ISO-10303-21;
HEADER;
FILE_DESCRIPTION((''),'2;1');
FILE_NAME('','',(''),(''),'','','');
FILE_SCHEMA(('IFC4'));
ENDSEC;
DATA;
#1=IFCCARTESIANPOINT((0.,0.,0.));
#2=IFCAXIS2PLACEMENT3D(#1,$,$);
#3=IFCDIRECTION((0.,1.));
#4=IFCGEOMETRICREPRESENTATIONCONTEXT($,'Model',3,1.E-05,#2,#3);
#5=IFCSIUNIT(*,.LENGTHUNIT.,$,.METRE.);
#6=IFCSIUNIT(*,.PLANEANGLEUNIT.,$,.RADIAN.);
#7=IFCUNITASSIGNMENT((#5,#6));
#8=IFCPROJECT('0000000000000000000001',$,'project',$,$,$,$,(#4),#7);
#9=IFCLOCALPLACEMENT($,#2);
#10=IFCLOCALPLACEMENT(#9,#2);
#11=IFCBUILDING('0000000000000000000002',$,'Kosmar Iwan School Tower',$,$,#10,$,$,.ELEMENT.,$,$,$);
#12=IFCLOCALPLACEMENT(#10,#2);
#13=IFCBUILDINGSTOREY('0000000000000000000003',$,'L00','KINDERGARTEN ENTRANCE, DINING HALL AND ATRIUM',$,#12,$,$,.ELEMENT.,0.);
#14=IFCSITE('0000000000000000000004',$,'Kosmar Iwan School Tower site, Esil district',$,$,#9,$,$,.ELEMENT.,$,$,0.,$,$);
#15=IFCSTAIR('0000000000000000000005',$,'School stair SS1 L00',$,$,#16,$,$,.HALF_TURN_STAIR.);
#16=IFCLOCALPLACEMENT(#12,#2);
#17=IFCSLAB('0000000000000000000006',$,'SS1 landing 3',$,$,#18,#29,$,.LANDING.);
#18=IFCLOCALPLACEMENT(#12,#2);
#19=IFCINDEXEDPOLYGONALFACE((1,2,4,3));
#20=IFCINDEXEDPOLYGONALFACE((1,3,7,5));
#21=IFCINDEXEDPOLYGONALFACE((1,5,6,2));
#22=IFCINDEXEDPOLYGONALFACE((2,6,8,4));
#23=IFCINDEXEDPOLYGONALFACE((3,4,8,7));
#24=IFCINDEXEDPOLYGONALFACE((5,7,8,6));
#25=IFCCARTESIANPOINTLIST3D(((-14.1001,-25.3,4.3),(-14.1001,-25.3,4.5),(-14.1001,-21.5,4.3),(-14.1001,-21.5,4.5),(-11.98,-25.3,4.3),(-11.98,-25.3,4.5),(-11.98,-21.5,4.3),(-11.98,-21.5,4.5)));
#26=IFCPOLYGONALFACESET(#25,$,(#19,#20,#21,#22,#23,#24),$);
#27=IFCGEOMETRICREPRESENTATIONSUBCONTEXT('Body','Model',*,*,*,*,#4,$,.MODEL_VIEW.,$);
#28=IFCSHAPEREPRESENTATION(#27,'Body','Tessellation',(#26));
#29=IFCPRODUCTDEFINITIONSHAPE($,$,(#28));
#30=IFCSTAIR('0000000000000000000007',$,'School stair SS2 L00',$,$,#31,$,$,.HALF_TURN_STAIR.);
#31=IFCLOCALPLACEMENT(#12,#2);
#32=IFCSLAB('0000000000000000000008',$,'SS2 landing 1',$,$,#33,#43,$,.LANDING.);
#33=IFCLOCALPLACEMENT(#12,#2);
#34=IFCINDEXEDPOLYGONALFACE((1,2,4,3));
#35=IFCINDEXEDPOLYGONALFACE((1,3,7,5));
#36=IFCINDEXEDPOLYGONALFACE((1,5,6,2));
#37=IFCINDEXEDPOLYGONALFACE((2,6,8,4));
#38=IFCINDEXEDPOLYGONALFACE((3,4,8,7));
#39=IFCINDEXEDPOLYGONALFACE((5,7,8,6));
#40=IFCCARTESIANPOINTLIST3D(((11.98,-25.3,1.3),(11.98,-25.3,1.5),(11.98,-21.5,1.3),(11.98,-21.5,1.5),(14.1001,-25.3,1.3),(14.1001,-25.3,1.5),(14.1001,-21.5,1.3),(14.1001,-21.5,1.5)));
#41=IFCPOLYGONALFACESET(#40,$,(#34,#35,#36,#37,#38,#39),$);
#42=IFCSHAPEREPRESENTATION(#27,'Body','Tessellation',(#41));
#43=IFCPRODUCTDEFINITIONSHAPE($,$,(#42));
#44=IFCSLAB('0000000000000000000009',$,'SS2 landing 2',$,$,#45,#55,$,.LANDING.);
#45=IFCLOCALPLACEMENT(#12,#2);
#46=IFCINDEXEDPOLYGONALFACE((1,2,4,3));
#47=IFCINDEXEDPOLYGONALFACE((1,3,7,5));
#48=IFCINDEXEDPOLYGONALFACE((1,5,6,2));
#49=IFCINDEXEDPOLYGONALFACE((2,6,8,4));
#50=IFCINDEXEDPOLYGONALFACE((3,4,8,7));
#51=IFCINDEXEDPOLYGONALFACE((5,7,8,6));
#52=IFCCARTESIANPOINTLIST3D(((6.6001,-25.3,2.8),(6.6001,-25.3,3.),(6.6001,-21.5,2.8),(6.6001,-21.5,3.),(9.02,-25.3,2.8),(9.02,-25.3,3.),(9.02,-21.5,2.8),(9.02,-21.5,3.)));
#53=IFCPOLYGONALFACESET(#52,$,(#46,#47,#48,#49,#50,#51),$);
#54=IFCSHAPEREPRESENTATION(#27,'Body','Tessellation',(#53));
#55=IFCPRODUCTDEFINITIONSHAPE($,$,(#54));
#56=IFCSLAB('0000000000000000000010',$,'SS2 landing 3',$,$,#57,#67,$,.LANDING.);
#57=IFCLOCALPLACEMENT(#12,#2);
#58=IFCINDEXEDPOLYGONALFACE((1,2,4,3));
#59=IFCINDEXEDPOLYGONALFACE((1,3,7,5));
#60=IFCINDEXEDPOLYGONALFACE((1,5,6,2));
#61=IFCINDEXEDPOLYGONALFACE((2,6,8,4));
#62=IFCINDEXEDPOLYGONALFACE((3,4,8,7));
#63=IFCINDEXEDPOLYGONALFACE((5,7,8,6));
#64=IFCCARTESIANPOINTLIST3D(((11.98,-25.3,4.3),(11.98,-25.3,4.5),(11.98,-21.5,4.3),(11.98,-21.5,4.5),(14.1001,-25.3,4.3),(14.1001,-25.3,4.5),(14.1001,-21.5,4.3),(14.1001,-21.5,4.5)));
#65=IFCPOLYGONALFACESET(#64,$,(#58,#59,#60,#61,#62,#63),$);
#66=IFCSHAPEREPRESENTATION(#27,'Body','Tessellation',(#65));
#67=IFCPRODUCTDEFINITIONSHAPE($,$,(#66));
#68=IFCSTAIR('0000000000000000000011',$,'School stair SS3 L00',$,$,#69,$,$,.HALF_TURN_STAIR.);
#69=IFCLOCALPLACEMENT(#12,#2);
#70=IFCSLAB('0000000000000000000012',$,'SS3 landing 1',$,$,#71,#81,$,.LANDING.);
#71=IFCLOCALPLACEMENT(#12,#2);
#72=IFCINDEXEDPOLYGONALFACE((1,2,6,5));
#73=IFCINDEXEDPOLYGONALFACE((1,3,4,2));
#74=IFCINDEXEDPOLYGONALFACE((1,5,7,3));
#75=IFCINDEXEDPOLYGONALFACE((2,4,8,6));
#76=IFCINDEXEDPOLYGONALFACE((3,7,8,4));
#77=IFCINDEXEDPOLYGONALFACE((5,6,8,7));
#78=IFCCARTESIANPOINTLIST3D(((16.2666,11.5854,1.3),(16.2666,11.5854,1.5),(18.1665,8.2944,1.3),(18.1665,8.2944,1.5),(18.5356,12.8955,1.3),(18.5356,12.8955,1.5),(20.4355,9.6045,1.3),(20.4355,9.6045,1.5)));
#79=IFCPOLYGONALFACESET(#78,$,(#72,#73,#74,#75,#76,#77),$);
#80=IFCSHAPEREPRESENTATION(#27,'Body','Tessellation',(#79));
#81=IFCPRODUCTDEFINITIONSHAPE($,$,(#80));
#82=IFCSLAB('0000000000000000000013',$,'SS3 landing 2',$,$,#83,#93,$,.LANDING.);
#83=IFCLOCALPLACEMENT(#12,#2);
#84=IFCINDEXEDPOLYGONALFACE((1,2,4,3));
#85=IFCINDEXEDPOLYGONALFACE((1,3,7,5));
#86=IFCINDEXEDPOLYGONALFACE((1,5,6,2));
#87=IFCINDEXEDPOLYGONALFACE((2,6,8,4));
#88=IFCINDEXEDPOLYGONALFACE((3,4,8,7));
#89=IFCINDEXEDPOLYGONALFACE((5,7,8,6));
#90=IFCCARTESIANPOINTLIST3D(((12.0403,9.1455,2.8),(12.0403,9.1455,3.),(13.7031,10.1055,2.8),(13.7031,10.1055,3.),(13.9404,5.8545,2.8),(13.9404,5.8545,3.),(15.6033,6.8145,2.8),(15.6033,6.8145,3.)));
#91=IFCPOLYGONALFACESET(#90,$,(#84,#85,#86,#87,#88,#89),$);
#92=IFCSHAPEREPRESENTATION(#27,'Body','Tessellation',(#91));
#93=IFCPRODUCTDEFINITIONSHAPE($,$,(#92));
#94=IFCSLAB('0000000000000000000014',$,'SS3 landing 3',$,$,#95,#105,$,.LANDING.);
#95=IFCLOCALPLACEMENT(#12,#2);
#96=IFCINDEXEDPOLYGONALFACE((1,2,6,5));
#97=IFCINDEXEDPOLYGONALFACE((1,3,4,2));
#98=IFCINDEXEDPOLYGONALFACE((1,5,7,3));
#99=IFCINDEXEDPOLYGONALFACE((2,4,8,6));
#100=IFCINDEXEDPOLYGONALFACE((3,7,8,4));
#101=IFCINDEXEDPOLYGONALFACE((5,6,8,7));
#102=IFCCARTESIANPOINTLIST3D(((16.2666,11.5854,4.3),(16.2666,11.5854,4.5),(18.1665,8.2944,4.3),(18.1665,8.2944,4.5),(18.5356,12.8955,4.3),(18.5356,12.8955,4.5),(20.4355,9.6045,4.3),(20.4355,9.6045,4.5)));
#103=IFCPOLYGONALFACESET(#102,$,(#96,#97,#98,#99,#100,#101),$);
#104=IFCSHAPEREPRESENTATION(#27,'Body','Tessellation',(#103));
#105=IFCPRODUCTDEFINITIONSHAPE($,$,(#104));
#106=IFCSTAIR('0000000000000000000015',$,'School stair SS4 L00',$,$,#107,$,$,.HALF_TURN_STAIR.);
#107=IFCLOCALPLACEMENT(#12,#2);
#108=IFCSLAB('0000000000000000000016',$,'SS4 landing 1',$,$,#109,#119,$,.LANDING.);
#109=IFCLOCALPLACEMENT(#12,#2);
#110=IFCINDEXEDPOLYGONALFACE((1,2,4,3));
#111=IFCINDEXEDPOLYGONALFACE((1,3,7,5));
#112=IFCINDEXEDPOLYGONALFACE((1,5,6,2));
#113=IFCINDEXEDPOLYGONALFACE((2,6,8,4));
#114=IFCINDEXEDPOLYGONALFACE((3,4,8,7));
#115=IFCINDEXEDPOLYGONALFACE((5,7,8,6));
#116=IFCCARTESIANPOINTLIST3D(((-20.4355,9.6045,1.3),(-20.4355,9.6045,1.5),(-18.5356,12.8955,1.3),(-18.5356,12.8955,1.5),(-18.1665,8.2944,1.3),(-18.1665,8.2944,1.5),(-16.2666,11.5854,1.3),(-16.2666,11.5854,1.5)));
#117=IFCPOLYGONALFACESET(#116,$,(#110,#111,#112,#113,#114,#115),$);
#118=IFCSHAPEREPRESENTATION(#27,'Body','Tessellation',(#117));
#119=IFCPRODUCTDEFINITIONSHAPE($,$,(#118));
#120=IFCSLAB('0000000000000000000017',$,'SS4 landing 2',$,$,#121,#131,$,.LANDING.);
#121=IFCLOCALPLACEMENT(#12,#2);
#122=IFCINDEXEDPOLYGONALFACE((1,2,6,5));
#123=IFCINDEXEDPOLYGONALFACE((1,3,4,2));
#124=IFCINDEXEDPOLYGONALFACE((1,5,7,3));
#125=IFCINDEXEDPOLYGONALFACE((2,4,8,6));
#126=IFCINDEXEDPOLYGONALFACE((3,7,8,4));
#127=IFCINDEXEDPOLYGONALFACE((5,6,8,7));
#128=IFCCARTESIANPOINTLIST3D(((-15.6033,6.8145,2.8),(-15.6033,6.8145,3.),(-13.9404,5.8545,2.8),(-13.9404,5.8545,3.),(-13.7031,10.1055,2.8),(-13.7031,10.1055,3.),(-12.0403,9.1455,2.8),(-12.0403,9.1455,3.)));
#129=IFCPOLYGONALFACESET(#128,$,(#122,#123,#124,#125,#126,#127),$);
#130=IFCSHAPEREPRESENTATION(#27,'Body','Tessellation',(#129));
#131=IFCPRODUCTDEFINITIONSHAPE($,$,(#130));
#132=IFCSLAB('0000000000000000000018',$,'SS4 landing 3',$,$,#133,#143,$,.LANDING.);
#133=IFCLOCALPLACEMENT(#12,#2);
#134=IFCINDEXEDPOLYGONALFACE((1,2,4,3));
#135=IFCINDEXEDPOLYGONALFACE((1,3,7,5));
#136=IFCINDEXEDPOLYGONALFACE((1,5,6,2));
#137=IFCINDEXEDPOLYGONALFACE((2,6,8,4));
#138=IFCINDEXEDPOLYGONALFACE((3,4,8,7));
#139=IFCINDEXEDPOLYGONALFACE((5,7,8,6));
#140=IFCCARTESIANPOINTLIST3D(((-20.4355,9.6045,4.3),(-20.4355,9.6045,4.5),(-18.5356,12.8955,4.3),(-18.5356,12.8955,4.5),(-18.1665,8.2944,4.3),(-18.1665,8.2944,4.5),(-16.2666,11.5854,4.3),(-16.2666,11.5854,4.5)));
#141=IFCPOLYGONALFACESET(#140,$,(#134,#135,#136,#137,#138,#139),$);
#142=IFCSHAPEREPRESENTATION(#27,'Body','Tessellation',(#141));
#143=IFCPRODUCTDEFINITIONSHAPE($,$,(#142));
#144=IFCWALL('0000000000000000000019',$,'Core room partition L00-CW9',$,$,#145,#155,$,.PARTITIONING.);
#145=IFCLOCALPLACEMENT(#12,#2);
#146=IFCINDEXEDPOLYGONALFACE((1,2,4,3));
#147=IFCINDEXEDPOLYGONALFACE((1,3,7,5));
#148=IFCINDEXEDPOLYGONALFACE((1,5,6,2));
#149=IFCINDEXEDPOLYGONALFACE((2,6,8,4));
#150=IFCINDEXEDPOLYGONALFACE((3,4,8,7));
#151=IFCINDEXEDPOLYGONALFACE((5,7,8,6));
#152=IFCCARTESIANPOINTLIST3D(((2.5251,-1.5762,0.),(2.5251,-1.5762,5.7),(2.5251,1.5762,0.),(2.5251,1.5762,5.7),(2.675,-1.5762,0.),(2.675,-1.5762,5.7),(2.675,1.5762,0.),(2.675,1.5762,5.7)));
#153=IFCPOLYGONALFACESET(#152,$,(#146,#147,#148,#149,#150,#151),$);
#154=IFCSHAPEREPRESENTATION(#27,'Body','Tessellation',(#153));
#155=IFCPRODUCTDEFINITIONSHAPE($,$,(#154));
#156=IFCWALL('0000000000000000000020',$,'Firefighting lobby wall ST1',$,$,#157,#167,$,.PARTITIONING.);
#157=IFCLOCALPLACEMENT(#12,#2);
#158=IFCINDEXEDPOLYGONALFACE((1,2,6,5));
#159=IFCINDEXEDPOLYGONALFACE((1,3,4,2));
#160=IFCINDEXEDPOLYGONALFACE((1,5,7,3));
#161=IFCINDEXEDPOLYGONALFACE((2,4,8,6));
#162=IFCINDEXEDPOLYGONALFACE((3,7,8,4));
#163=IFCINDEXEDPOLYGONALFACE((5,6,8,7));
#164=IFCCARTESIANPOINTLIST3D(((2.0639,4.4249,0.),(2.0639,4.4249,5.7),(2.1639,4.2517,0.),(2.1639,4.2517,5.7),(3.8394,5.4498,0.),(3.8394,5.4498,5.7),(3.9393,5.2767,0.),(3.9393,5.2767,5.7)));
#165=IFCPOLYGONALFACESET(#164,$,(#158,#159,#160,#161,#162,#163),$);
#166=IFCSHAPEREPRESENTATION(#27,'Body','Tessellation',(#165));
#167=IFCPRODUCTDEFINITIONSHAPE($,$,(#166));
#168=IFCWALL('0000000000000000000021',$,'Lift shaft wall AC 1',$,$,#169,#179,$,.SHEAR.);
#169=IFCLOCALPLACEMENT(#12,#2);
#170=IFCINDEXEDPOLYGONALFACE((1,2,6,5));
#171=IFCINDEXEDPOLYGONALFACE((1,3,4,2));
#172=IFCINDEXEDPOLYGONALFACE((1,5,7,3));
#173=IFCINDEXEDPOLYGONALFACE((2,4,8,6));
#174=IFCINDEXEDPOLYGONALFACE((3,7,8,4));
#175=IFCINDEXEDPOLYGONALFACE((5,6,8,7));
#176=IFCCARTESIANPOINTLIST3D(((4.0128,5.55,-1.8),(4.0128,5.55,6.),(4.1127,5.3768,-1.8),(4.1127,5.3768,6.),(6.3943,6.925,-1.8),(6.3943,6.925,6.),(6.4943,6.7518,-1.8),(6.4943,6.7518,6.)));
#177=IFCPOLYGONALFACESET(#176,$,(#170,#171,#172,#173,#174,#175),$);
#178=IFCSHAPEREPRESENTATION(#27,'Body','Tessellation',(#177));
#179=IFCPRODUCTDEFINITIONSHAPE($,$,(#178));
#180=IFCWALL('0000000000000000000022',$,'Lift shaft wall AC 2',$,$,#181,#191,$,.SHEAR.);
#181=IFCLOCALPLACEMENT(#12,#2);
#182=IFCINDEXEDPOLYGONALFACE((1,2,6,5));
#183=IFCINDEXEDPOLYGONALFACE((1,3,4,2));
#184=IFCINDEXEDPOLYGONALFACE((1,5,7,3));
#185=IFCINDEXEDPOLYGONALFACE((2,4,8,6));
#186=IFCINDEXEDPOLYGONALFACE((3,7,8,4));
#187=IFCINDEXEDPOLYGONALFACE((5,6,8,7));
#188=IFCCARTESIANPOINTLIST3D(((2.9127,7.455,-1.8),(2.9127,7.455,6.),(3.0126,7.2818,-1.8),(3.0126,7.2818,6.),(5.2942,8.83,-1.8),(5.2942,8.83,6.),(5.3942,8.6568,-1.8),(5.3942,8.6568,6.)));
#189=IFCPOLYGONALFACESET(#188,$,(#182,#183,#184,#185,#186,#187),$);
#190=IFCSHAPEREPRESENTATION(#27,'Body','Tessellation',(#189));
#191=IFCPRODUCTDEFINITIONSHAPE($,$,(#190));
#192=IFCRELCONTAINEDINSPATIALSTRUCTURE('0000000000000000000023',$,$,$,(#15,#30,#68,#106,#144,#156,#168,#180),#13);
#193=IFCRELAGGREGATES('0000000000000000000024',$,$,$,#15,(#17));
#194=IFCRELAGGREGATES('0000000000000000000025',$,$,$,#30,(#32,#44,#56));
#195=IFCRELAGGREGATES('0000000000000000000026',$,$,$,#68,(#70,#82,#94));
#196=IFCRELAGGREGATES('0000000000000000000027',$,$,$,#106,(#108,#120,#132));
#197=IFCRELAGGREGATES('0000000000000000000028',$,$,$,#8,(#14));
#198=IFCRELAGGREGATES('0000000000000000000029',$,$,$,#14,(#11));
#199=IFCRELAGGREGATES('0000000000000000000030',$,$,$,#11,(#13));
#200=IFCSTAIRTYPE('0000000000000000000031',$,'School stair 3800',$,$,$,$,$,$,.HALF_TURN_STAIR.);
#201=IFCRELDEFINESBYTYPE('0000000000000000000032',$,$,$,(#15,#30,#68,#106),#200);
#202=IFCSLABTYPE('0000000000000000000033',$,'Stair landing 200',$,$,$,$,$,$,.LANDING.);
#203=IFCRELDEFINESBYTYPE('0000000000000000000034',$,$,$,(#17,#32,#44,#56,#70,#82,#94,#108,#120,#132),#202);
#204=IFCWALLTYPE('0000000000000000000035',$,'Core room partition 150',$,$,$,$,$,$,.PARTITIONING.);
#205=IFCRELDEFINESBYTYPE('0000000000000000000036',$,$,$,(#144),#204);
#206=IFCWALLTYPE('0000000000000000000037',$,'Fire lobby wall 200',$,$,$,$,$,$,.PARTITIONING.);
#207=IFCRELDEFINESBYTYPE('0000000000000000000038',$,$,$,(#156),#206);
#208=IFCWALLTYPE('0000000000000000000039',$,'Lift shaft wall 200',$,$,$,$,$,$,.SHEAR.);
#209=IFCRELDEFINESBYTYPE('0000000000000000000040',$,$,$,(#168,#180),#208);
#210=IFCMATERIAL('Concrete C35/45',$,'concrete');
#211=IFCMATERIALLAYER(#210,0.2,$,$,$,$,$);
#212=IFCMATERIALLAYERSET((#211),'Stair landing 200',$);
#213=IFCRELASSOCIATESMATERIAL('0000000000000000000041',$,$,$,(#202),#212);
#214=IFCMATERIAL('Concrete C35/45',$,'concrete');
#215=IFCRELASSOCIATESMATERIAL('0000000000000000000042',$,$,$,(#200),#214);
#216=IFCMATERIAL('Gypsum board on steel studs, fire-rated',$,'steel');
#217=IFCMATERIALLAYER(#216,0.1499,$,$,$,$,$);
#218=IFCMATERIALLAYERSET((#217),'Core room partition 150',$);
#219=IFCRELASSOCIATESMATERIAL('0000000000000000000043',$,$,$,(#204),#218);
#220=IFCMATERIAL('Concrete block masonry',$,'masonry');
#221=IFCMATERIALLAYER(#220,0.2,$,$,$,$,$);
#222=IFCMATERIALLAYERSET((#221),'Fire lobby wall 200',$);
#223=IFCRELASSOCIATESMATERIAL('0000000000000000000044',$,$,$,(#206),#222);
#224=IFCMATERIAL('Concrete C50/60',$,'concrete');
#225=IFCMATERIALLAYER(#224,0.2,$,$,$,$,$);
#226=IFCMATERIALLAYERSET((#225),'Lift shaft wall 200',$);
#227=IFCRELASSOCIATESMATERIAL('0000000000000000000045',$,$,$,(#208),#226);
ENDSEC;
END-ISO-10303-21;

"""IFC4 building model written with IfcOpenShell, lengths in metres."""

from ifc_helpers import new_model, si_unit, direction, frame, frame_2d, origin, place, context, subcontext, project, spatial, polyline, rectangle, outline, extrude, material, layer, layer_set, type_object, element, aggregate, save


model = new_model("IFC4")

# Units and contexts
model_context = context("Model", 3, precision=1e-05, world=origin(), true_north=direction((0.0, 1.0)))
body_context = subcontext(model_context, "Body", "Model", "MODEL_VIEW")
ifc_project = project(units=[si_unit("LENGTHUNIT", "METRE"), si_unit("PLANEANGLEUNIT", "RADIAN")], contexts=[model_context])

# Site, building, storey
site_placement = place(None, origin())
site = spatial("IfcSite", under=ifc_project, at=site_placement, Name="Kosmar Iwan School Tower site, Esil district", CompositionType="ELEMENT", RefElevation=0.0)
building_placement = place(site_placement, origin())
building = spatial("IfcBuilding", under=site, at=building_placement, Name="Kosmar Iwan School Tower", CompositionType="ELEMENT")
storey_placement = place(building_placement, origin())
storey = spatial("IfcBuildingStorey", under=building, at=storey_placement, Name="L00", Description="KINDERGARTEN ENTRANCE, DINING HALL AND ATRIUM", CompositionType="ELEMENT", Elevation=0.0)

# Stairs, slabs
ifc_material_1 = material(Name="Concrete C35/45", Category="concrete")
ifc_layer_1 = layer(ifc_material_1, 0.2)
ifc_layer_set_1 = layer_set([ifc_layer_1], Name="Stair landing 200")
slab_type_1 = type_object("IfcSlabType", Name="Stair landing 200", PredefinedType="LANDING", material=ifc_layer_set_1)
ifc_material_2 = material(Name="Concrete C35/45", Category="concrete")
stair_type_1 = type_object("IfcStairType", Name="School stair 3800", PredefinedType="HALF_TURN_STAIR", material=ifc_material_2)
stair_1_placement = place(storey_placement, origin())
stair_1 = element("IfcStair", 1, at=stair_1_placement, inside=storey, type_object=stair_type_1, Name="School stair SS1 L00", PredefinedType="HALF_TURN_STAIR")
slab_1_placement = place(storey_placement, frame((0.0, 0.0, 4.3)))
slab_1 = element("IfcSlab", 2, at=slab_1_placement, type_object=slab_type_1, Name="SS1 landing 3", PredefinedType="LANDING", context=body_context, shape_type="SweptSolid", body=[
    extrude(outline(polyline([(-14.1001, -21.5), (-14.1001, -25.3), (-11.98, -25.3), (-11.98, -21.5), (-14.1001, -21.5)])), origin(), (0.0, 0.0, 1.0), 0.2),
])
aggregate(stair_1, [slab_1])
stair_2_placement = place(storey_placement, origin())
stair_2 = element("IfcStair", 3, at=stair_2_placement, inside=storey, type_object=stair_type_1, Name="School stair SS2 L00", PredefinedType="HALF_TURN_STAIR")
slab_2_placement = place(storey_placement, frame((0.0, 0.0, 1.3)))
slab_2 = element("IfcSlab", 4, at=slab_2_placement, type_object=slab_type_1, Name="SS2 landing 1", PredefinedType="LANDING", context=body_context, shape_type="SweptSolid", body=[
    extrude(outline(polyline([(11.98, -21.5), (11.98, -25.3), (14.1001, -25.3), (14.1001, -21.5), (11.98, -21.5)])), origin(), (0.0, 0.0, 1.0), 0.2),
])
slab_3_placement = place(storey_placement, frame((0.0, 0.0, 2.8)))
slab_3 = element("IfcSlab", 5, at=slab_3_placement, type_object=slab_type_1, Name="SS2 landing 2", PredefinedType="LANDING", context=body_context, shape_type="SweptSolid", body=[
    extrude(outline(polyline([(6.6001, -21.5), (6.6001, -25.3), (9.02, -25.3), (9.02, -21.5), (6.6001, -21.5)])), origin(), (0.0, 0.0, 1.0), 0.2),
])
slab_4_placement = place(storey_placement, frame((0.0, 0.0, 4.3)))
slab_4 = element("IfcSlab", 6, at=slab_4_placement, type_object=slab_type_1, Name="SS2 landing 3", PredefinedType="LANDING", context=body_context, shape_type="SweptSolid", body=[
    extrude(outline(polyline([(11.98, -21.5), (11.98, -25.3), (14.1001, -25.3), (14.1001, -21.5), (11.98, -21.5)])), origin(), (0.0, 0.0, 1.0), 0.2),
])
aggregate(stair_2, [slab_2, slab_3, slab_4])
stair_3_placement = place(storey_placement, origin())
stair_3 = element("IfcStair", 7, at=stair_3_placement, inside=storey, type_object=stair_type_1, Name="School stair SS3 L00", PredefinedType="HALF_TURN_STAIR")
slab_5_placement = place(storey_placement, frame((0.0, 0.0, 1.3)))
slab_5 = element("IfcSlab", 8, at=slab_5_placement, type_object=slab_type_1, Name="SS3 landing 1", PredefinedType="LANDING", context=body_context, shape_type="SweptSolid", body=[
    extrude(outline(polyline([(18.1665, 8.2944), (20.4355, 9.6045), (18.5356, 12.8955), (16.2666, 11.5854), (18.1665, 8.2944)])), origin(), (0.0, 0.0, 1.0), 0.2),
])
slab_6_placement = place(storey_placement, frame((0.0, 0.0, 2.8)))
slab_6 = element("IfcSlab", 9, at=slab_6_placement, type_object=slab_type_1, Name="SS3 landing 2", PredefinedType="LANDING", context=body_context, shape_type="SweptSolid", body=[
    extrude(outline(polyline([(13.9404, 5.8545), (15.6033, 6.8145), (13.7031, 10.1055), (12.0403, 9.1455), (13.9404, 5.8545)])), origin(), (0.0, 0.0, 1.0), 0.2),
])
slab_7_placement = place(storey_placement, frame((0.0, 0.0, 4.3)))
slab_7 = element("IfcSlab", 10, at=slab_7_placement, type_object=slab_type_1, Name="SS3 landing 3", PredefinedType="LANDING", context=body_context, shape_type="SweptSolid", body=[
    extrude(outline(polyline([(18.1665, 8.2944), (20.4355, 9.6045), (18.5356, 12.8955), (16.2666, 11.5854), (18.1665, 8.2944)])), origin(), (0.0, 0.0, 1.0), 0.2),
])
aggregate(stair_3, [slab_5, slab_6, slab_7])
stair_4_placement = place(storey_placement, origin())
stair_4 = element("IfcStair", 11, at=stair_4_placement, inside=storey, type_object=stair_type_1, Name="School stair SS4 L00", PredefinedType="HALF_TURN_STAIR")
slab_8_placement = place(storey_placement, frame((0.0, 0.0, 1.3)))
slab_8 = element("IfcSlab", 12, at=slab_8_placement, type_object=slab_type_1, Name="SS4 landing 1", PredefinedType="LANDING", context=body_context, shape_type="SweptSolid", body=[
    extrude(outline(polyline([(-16.2666, 11.5854), (-18.5356, 12.8955), (-20.4355, 9.6045), (-18.1665, 8.2944), (-16.2666, 11.5854)])), origin(), (0.0, 0.0, 1.0), 0.2),
])
slab_9_placement = place(storey_placement, frame((0.0, 0.0, 2.8)))
slab_9 = element("IfcSlab", 13, at=slab_9_placement, type_object=slab_type_1, Name="SS4 landing 2", PredefinedType="LANDING", context=body_context, shape_type="SweptSolid", body=[
    extrude(outline(polyline([(-12.0403, 9.1455), (-13.7031, 10.1055), (-15.6033, 6.8145), (-13.9404, 5.8545), (-12.0403, 9.1455)])), origin(), (0.0, 0.0, 1.0), 0.2),
])
slab_10_placement = place(storey_placement, frame((0.0, 0.0, 4.3)))
slab_10 = element("IfcSlab", 14, at=slab_10_placement, type_object=slab_type_1, Name="SS4 landing 3", PredefinedType="LANDING", context=body_context, shape_type="SweptSolid", body=[
    extrude(outline(polyline([(-16.2666, 11.5854), (-18.5356, 12.8955), (-20.4355, 9.6045), (-18.1665, 8.2944), (-16.2666, 11.5854)])), origin(), (0.0, 0.0, 1.0), 0.2),
])
aggregate(stair_4, [slab_8, slab_9, slab_10])

# Walls
ifc_material_3 = material(Name="Gypsum board on steel studs, fire-rated", Category="steel")
ifc_layer_2 = layer(ifc_material_3, 0.1499)
ifc_layer_set_2 = layer_set([ifc_layer_2], Name="Core room partition 150")
wall_type_1 = type_object("IfcWallType", Name="Core room partition 150", PredefinedType="PARTITIONING", material=ifc_layer_set_2)
wall_1_placement = place(storey_placement, frame((2.6001, 1.5762, 0.0), z_axis=(0.0, 0.0, 1.0), x_axis=(0.0, -1.0, 0.0)))
element("IfcWall", 15, at=wall_1_placement, inside=storey, type_object=wall_type_1, Name="Core room partition L00-CW9", PredefinedType="PARTITIONING", context=body_context, shape_type="SweptSolid", body=[
    extrude(rectangle(XDim=3.1523, YDim=0.1499, at=frame_2d((1.5762, 0.0))), origin(), (0.0, 0.0, 1.0), 5.7),
])
ifc_material_4 = material(Name="Concrete block masonry", Category="masonry")
ifc_layer_3 = layer(ifc_material_4, 0.2)
ifc_layer_set_3 = layer_set([ifc_layer_3], Name="Fire lobby wall 200")
wall_type_2 = type_object("IfcWallType", Name="Fire lobby wall 200", PredefinedType="PARTITIONING", material=ifc_layer_set_3)
wall_2_placement = place(storey_placement, frame((2.114, 4.3384, 0.0), z_axis=(0.0, 0.0, 1.0), x_axis=(0.866051, 0.499956, 0.0)))
element("IfcWall", 16, at=wall_2_placement, inside=storey, type_object=wall_type_2, Name="Firefighting lobby wall ST1", PredefinedType="PARTITIONING", context=body_context, shape_type="SweptSolid", body=[
    extrude(rectangle(XDim=2.05, YDim=0.2, at=frame_2d((1.0249, 0.0))), origin(), (0.0, 0.0, 1.0), 5.7),
])
ifc_material_5 = material(Name="Concrete C50/60", Category="concrete")
ifc_layer_4 = layer(ifc_material_5, 0.2)
ifc_layer_set_4 = layer_set([ifc_layer_4], Name="Lift shaft wall 200")
wall_type_3 = type_object("IfcWallType", Name="Lift shaft wall 200", PredefinedType="SHEAR", material=ifc_layer_set_4)
for number, where, z_axis, x_axis, name in (
    (17, (4.0627, 5.4634, -1.8), (0.0, 0.0, 1.0), (0.866027, 0.499997, 0.0), "Lift shaft wall AC 1"),
    (18, (2.9626, 7.3684, -1.8), (0.0, 0.0, 1.0), (0.866027, 0.499997, 0.0), "Lift shaft wall AC 2"),
):
    element("IfcWall", number, at=place(storey_placement, frame(where, z_axis=z_axis, x_axis=x_axis)), inside=storey, type_object=wall_type_3, Name=name, PredefinedType="SHEAR", context=body_context, shape_type="SweptSolid", body=[
        extrude(rectangle(XDim=2.75, YDim=0.2, at=frame_2d((1.375, 0.0))), origin(), (0.0, 0.0, 1.0), 7.8),
    ])

save(model, "model.ifc")
